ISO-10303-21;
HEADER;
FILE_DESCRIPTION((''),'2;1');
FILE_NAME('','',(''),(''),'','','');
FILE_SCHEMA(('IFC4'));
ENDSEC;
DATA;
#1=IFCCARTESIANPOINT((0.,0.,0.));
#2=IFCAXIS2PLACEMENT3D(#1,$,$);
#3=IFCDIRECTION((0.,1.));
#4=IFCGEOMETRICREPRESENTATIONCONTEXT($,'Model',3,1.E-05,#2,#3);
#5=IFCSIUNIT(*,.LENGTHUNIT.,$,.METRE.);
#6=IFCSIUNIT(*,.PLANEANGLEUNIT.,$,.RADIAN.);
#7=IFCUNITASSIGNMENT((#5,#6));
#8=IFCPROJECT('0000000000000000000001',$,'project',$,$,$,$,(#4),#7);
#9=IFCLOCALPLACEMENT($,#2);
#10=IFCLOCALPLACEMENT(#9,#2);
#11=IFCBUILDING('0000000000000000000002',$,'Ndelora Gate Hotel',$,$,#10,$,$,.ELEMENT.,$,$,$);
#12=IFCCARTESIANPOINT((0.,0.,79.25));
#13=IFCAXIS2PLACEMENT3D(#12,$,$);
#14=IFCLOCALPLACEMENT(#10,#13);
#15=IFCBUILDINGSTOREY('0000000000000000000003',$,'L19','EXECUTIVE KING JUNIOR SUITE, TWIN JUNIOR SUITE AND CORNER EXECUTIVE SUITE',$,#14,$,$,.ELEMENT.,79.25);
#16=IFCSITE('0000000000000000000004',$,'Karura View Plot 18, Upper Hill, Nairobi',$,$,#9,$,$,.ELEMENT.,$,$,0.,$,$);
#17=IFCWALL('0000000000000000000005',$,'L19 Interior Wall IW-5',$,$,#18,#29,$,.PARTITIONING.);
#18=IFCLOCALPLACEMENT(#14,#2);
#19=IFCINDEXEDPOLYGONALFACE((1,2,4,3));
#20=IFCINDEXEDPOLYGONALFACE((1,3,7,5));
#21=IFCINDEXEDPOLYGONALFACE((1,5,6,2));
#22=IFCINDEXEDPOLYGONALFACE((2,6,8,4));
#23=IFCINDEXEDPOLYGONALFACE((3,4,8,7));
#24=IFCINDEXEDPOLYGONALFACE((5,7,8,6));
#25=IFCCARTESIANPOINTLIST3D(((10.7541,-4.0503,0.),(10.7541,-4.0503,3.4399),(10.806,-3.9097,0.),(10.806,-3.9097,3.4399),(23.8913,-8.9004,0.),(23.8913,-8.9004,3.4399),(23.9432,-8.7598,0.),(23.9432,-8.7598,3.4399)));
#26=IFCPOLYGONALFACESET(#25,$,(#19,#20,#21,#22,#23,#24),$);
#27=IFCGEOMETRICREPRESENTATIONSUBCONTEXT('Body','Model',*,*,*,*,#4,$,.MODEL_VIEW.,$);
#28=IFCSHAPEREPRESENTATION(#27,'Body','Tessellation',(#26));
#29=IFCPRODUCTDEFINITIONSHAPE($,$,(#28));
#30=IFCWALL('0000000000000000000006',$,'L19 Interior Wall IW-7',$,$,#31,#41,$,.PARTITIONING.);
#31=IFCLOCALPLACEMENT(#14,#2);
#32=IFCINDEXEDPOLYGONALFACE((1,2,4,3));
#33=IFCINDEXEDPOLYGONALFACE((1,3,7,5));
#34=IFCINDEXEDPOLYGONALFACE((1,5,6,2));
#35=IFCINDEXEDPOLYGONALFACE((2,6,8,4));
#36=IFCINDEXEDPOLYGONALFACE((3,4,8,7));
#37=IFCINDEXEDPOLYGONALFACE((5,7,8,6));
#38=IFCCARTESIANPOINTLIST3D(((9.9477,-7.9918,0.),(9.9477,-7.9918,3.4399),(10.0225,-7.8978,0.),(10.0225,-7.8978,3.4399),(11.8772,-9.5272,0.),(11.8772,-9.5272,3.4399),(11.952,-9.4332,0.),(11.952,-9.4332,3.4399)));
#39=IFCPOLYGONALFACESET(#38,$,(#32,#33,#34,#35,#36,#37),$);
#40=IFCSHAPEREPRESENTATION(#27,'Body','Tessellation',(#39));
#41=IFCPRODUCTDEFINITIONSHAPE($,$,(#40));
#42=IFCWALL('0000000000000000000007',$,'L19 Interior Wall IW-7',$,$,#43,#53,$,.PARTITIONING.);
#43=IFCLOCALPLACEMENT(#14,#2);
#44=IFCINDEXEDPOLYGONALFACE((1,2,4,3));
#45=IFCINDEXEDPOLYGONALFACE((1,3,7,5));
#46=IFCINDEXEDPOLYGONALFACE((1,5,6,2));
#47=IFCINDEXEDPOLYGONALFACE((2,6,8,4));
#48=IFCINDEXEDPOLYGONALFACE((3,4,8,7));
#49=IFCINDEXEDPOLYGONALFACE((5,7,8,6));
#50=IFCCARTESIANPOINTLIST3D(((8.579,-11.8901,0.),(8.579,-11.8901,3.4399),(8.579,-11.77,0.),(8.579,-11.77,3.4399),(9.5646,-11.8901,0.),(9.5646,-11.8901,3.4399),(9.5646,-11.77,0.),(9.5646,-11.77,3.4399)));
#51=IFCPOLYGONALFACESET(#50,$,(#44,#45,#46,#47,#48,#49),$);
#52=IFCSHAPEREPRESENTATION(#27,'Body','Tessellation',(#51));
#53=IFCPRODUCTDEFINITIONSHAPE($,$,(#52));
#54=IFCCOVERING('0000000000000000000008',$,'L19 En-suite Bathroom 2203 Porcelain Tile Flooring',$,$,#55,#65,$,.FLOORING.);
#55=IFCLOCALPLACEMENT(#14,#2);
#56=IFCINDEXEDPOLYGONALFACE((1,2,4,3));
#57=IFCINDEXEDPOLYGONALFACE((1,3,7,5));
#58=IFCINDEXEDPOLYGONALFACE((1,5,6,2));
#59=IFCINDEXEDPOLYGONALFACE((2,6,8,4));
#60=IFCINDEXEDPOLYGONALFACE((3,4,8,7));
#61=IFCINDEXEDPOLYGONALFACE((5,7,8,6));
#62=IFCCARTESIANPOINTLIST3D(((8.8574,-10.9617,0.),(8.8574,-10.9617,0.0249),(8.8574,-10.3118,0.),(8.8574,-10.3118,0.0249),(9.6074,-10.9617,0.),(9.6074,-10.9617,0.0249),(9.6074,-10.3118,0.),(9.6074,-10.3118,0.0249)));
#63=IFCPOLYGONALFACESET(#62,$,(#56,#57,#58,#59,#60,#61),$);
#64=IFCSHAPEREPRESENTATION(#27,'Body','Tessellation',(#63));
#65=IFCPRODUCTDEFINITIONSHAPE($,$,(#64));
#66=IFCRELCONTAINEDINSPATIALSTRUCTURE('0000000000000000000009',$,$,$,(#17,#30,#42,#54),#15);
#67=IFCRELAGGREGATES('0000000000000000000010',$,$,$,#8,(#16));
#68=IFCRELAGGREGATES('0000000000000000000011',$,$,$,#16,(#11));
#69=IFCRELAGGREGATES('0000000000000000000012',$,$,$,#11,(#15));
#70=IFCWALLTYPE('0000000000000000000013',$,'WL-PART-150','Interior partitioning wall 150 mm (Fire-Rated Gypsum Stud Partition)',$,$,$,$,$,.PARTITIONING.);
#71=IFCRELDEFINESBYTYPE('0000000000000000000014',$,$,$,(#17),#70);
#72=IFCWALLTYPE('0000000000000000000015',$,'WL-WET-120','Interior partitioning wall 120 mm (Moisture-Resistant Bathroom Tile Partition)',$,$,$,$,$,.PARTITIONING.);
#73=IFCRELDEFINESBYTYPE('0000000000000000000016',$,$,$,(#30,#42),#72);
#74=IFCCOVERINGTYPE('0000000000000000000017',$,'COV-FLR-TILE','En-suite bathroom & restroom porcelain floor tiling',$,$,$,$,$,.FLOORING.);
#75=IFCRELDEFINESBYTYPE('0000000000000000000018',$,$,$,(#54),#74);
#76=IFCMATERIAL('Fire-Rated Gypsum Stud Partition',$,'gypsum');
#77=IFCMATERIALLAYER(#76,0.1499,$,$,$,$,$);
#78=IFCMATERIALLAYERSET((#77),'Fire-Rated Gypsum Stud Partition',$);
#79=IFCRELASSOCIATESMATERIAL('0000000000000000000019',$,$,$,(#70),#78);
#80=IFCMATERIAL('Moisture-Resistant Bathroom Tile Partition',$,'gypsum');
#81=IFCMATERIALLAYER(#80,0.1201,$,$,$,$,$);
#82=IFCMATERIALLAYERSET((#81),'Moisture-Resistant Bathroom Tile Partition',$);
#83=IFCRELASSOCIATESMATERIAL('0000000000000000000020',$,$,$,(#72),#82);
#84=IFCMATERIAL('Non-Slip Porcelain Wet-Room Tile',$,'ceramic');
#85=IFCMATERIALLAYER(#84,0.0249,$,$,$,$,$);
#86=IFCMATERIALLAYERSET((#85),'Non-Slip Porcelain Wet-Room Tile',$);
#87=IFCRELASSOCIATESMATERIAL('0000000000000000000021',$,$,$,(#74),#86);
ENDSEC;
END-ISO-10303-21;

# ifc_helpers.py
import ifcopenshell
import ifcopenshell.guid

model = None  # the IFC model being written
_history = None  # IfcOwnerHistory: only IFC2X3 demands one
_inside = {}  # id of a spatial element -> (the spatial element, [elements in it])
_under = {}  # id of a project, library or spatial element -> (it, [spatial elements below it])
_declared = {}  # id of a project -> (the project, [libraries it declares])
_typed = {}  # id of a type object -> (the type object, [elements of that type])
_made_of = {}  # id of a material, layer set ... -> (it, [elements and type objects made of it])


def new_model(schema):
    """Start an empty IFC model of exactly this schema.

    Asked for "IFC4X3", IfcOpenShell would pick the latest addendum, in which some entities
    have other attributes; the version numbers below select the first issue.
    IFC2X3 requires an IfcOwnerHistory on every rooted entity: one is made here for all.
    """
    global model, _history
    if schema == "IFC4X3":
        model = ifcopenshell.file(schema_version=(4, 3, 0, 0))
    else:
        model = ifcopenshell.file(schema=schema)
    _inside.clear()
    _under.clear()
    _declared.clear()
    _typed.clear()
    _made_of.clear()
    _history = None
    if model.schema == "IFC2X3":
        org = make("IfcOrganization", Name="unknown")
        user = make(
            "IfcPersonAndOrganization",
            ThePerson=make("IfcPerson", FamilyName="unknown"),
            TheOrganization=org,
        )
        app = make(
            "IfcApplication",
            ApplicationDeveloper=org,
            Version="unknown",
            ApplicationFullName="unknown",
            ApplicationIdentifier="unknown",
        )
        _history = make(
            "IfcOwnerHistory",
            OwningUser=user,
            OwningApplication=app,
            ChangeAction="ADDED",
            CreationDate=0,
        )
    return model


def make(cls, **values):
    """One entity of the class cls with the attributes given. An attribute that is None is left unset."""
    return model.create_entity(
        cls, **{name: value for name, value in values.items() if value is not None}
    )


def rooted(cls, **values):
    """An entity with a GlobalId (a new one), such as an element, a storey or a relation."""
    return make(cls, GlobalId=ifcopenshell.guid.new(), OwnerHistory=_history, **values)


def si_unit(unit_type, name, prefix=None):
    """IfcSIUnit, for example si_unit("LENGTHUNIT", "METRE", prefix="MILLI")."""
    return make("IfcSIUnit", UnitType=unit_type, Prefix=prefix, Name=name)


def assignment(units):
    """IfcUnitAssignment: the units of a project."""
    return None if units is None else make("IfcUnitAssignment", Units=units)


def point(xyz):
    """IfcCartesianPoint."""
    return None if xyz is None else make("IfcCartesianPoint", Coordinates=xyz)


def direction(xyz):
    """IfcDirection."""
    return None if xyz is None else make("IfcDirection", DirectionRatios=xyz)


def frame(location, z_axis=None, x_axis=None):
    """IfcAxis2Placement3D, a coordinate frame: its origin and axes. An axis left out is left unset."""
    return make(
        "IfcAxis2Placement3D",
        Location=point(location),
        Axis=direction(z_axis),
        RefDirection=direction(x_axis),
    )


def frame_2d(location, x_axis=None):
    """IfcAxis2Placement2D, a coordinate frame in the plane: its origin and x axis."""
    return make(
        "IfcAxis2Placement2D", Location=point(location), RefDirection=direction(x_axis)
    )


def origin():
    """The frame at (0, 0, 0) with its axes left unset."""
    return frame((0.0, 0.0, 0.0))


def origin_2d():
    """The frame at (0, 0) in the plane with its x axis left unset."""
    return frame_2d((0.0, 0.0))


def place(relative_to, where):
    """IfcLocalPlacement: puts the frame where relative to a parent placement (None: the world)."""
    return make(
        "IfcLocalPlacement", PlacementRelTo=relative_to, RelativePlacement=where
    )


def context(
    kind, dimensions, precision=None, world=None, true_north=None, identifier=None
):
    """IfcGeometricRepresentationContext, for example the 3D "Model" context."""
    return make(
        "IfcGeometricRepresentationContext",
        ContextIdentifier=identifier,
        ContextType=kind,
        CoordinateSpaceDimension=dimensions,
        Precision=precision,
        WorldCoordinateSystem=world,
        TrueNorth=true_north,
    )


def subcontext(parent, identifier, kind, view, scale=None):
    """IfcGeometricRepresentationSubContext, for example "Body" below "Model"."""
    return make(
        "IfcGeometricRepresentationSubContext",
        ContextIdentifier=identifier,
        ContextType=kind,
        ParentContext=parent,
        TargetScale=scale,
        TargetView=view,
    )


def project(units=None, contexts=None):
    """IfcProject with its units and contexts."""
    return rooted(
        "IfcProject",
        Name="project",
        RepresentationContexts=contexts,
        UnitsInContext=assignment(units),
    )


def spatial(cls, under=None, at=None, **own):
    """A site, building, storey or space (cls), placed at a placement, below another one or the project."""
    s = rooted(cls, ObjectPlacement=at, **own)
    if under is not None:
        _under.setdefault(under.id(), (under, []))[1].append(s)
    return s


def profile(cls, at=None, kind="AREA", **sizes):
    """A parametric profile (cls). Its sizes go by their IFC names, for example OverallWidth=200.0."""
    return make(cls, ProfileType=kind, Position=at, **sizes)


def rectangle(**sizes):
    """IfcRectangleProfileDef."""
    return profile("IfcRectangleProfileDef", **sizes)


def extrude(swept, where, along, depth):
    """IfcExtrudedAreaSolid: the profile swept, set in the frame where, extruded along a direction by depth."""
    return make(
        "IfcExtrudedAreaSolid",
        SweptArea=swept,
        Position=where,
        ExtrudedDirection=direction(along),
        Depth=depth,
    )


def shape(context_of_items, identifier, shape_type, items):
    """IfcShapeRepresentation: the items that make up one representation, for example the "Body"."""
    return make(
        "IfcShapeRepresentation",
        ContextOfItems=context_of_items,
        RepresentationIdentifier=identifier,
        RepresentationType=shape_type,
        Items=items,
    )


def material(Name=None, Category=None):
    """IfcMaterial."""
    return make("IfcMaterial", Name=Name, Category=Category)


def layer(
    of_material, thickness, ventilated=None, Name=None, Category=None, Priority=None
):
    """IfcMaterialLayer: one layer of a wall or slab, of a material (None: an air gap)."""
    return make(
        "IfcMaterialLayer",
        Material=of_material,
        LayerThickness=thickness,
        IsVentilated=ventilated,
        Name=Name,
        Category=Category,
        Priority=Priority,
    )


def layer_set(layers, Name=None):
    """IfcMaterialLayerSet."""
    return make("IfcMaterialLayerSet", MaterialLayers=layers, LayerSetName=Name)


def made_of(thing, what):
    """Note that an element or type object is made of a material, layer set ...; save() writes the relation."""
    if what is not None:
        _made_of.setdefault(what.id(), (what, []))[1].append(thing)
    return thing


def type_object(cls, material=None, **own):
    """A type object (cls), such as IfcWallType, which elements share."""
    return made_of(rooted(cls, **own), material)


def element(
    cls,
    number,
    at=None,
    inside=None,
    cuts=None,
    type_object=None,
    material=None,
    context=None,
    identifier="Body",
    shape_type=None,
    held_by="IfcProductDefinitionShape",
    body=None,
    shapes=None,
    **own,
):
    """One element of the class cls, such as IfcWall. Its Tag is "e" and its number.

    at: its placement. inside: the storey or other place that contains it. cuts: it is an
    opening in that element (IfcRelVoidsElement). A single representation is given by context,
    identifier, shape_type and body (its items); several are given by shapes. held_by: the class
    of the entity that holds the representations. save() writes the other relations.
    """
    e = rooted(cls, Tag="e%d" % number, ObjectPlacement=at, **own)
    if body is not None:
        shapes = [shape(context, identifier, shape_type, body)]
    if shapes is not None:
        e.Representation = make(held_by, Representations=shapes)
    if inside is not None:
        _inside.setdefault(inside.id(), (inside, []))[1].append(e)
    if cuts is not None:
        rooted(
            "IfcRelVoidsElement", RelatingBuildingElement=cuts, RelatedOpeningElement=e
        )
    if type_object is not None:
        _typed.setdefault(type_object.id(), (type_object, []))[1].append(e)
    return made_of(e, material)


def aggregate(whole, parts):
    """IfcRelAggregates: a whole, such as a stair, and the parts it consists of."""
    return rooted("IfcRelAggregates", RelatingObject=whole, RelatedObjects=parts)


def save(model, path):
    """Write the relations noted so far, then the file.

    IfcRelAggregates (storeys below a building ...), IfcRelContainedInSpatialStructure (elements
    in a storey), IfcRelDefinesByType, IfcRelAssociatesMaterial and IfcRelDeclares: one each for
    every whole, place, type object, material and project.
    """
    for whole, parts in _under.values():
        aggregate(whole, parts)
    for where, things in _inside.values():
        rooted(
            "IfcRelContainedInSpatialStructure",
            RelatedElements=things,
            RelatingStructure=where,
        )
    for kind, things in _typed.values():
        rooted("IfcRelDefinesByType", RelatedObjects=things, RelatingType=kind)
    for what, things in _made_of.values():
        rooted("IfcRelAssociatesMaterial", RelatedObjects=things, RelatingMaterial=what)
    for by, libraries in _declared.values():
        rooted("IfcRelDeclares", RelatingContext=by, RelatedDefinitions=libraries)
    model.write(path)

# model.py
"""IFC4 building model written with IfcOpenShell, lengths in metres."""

from ifc_helpers import new_model, si_unit, direction, frame, frame_2d, origin, origin_2d, place, context, subcontext, project, spatial, rectangle, extrude, material, layer, layer_set, type_object, element, save


model = new_model("IFC4")

# Units and contexts
model_context = context("Model", 3, precision=1e-05, world=origin(), true_north=direction((0.0, 1.0)))
body_context = subcontext(model_context, "Body", "Model", "MODEL_VIEW")
ifc_project = project(units=[si_unit("LENGTHUNIT", "METRE"), si_unit("PLANEANGLEUNIT", "RADIAN")], contexts=[model_context])

# Site, building, storey
site_placement = place(None, origin())
site = spatial("IfcSite", under=ifc_project, at=site_placement, Name="Karura View Plot 18, Upper Hill, Nairobi", CompositionType="ELEMENT", RefElevation=0.0)
building_placement = place(site_placement, origin())
building = spatial("IfcBuilding", under=site, at=building_placement, Name="Ndelora Gate Hotel", CompositionType="ELEMENT")
storey_placement = place(building_placement, frame((0.0, 0.0, 79.25)))
storey = spatial("IfcBuildingStorey", under=building, at=storey_placement, Name="L19", Description="EXECUTIVE KING JUNIOR SUITE, TWIN JUNIOR SUITE AND CORNER EXECUTIVE SUITE", CompositionType="ELEMENT", Elevation=79.25)

# Walls
ifc_material_1 = material(Name="Fire-Rated Gypsum Stud Partition", Category="gypsum")
ifc_layer_1 = layer(ifc_material_1, 0.1499)
ifc_layer_set_1 = layer_set([ifc_layer_1], Name="Fire-Rated Gypsum Stud Partition")
wall_type_1 = type_object("IfcWallType", Name="WL-PART-150", Description="Interior partitioning wall 150 mm (Fire-Rated Gypsum Stud Partition)", PredefinedType="PARTITIONING", material=ifc_layer_set_1)
wall_1_placement = place(storey_placement, frame((10.78, -3.98, 0.0), z_axis=(0.0, 0.0, 1.0), x_axis=(0.93811, -0.346339, 0.0)))
element("IfcWall", 1, at=wall_1_placement, inside=storey, type_object=wall_type_1, Name="L19 Interior Wall IW-5", PredefinedType="PARTITIONING", context=body_context, shape_type="SweptSolid", body=[
    extrude(rectangle(XDim=14.0039, YDim=0.1499, at=frame_2d((7.002, 0.0))), origin(), (0.0, 0.0, 1.0), 3.4399),
])
ifc_material_2 = material(Name="Moisture-Resistant Bathroom Tile Partition", Category="gypsum")
ifc_layer_2 = layer(ifc_material_2, 0.1201)
ifc_layer_set_2 = layer_set([ifc_layer_2], Name="Moisture-Resistant Bathroom Tile Partition")
wall_type_2 = type_object("IfcWallType", Name="WL-WET-120", Description="Interior partitioning wall 120 mm (Moisture-Resistant Bathroom Tile Partition)", PredefinedType="PARTITIONING", material=ifc_layer_set_2)
wall_2_placement = place(storey_placement, frame((9.9851, -7.9448, 0.0), z_axis=(0.0, 0.0, 1.0), x_axis=(0.782479, -0.622677, 0.0)))
element("IfcWall", 2, at=wall_2_placement, inside=storey, type_object=wall_type_2, Name="L19 Interior Wall IW-7", PredefinedType="PARTITIONING", context=body_context, shape_type="SweptSolid", body=[
    extrude(rectangle(XDim=2.4658, YDim=0.1201, at=frame_2d((1.2329, 0.0))), origin(), (0.0, 0.0, 1.0), 3.4399),
])
wall_3_placement = place(storey_placement, frame((8.5791, -11.8301, 0.0), z_axis=(0.0, 0.0, 1.0), x_axis=(1.0, 0.0, 0.0)))
element("IfcWall", 3, at=wall_3_placement, inside=storey, type_object=wall_type_2, Name="L19 Interior Wall IW-7", PredefinedType="PARTITIONING", context=body_context, shape_type="SweptSolid", body=[
    extrude(rectangle(XDim=0.9856, YDim=0.1201, at=frame_2d((0.4927, 0.0))), origin(), (0.0, 0.0, 1.0), 3.4399),
])

# Covering
ifc_material_3 = material(Name="Non-Slip Porcelain Wet-Room Tile", Category="ceramic")
ifc_layer_3 = layer(ifc_material_3, 0.0249)
ifc_layer_set_3 = layer_set([ifc_layer_3], Name="Non-Slip Porcelain Wet-Room Tile")
covering_type = type_object("IfcCoveringType", Name="COV-FLR-TILE", Description="En-suite bathroom & restroom porcelain floor tiling", PredefinedType="FLOORING", material=ifc_layer_set_3)
covering_placement = place(storey_placement, frame((9.2324, -10.6367, 0.0), z_axis=(0.0, 0.0, 1.0), x_axis=(1.0, 0.0, 0.0)))
element("IfcCovering", 4, at=covering_placement, inside=storey, type_object=covering_type, Name="L19 En-suite Bathroom 2203 Porcelain Tile Flooring", PredefinedType="FLOORING", context=body_context, shape_type="SweptSolid", body=[
    extrude(rectangle(XDim=0.75, YDim=0.6499, at=origin_2d()), origin(), (0.0, 0.0, 1.0), 0.0249),
])

save(model, "model.ifc")
